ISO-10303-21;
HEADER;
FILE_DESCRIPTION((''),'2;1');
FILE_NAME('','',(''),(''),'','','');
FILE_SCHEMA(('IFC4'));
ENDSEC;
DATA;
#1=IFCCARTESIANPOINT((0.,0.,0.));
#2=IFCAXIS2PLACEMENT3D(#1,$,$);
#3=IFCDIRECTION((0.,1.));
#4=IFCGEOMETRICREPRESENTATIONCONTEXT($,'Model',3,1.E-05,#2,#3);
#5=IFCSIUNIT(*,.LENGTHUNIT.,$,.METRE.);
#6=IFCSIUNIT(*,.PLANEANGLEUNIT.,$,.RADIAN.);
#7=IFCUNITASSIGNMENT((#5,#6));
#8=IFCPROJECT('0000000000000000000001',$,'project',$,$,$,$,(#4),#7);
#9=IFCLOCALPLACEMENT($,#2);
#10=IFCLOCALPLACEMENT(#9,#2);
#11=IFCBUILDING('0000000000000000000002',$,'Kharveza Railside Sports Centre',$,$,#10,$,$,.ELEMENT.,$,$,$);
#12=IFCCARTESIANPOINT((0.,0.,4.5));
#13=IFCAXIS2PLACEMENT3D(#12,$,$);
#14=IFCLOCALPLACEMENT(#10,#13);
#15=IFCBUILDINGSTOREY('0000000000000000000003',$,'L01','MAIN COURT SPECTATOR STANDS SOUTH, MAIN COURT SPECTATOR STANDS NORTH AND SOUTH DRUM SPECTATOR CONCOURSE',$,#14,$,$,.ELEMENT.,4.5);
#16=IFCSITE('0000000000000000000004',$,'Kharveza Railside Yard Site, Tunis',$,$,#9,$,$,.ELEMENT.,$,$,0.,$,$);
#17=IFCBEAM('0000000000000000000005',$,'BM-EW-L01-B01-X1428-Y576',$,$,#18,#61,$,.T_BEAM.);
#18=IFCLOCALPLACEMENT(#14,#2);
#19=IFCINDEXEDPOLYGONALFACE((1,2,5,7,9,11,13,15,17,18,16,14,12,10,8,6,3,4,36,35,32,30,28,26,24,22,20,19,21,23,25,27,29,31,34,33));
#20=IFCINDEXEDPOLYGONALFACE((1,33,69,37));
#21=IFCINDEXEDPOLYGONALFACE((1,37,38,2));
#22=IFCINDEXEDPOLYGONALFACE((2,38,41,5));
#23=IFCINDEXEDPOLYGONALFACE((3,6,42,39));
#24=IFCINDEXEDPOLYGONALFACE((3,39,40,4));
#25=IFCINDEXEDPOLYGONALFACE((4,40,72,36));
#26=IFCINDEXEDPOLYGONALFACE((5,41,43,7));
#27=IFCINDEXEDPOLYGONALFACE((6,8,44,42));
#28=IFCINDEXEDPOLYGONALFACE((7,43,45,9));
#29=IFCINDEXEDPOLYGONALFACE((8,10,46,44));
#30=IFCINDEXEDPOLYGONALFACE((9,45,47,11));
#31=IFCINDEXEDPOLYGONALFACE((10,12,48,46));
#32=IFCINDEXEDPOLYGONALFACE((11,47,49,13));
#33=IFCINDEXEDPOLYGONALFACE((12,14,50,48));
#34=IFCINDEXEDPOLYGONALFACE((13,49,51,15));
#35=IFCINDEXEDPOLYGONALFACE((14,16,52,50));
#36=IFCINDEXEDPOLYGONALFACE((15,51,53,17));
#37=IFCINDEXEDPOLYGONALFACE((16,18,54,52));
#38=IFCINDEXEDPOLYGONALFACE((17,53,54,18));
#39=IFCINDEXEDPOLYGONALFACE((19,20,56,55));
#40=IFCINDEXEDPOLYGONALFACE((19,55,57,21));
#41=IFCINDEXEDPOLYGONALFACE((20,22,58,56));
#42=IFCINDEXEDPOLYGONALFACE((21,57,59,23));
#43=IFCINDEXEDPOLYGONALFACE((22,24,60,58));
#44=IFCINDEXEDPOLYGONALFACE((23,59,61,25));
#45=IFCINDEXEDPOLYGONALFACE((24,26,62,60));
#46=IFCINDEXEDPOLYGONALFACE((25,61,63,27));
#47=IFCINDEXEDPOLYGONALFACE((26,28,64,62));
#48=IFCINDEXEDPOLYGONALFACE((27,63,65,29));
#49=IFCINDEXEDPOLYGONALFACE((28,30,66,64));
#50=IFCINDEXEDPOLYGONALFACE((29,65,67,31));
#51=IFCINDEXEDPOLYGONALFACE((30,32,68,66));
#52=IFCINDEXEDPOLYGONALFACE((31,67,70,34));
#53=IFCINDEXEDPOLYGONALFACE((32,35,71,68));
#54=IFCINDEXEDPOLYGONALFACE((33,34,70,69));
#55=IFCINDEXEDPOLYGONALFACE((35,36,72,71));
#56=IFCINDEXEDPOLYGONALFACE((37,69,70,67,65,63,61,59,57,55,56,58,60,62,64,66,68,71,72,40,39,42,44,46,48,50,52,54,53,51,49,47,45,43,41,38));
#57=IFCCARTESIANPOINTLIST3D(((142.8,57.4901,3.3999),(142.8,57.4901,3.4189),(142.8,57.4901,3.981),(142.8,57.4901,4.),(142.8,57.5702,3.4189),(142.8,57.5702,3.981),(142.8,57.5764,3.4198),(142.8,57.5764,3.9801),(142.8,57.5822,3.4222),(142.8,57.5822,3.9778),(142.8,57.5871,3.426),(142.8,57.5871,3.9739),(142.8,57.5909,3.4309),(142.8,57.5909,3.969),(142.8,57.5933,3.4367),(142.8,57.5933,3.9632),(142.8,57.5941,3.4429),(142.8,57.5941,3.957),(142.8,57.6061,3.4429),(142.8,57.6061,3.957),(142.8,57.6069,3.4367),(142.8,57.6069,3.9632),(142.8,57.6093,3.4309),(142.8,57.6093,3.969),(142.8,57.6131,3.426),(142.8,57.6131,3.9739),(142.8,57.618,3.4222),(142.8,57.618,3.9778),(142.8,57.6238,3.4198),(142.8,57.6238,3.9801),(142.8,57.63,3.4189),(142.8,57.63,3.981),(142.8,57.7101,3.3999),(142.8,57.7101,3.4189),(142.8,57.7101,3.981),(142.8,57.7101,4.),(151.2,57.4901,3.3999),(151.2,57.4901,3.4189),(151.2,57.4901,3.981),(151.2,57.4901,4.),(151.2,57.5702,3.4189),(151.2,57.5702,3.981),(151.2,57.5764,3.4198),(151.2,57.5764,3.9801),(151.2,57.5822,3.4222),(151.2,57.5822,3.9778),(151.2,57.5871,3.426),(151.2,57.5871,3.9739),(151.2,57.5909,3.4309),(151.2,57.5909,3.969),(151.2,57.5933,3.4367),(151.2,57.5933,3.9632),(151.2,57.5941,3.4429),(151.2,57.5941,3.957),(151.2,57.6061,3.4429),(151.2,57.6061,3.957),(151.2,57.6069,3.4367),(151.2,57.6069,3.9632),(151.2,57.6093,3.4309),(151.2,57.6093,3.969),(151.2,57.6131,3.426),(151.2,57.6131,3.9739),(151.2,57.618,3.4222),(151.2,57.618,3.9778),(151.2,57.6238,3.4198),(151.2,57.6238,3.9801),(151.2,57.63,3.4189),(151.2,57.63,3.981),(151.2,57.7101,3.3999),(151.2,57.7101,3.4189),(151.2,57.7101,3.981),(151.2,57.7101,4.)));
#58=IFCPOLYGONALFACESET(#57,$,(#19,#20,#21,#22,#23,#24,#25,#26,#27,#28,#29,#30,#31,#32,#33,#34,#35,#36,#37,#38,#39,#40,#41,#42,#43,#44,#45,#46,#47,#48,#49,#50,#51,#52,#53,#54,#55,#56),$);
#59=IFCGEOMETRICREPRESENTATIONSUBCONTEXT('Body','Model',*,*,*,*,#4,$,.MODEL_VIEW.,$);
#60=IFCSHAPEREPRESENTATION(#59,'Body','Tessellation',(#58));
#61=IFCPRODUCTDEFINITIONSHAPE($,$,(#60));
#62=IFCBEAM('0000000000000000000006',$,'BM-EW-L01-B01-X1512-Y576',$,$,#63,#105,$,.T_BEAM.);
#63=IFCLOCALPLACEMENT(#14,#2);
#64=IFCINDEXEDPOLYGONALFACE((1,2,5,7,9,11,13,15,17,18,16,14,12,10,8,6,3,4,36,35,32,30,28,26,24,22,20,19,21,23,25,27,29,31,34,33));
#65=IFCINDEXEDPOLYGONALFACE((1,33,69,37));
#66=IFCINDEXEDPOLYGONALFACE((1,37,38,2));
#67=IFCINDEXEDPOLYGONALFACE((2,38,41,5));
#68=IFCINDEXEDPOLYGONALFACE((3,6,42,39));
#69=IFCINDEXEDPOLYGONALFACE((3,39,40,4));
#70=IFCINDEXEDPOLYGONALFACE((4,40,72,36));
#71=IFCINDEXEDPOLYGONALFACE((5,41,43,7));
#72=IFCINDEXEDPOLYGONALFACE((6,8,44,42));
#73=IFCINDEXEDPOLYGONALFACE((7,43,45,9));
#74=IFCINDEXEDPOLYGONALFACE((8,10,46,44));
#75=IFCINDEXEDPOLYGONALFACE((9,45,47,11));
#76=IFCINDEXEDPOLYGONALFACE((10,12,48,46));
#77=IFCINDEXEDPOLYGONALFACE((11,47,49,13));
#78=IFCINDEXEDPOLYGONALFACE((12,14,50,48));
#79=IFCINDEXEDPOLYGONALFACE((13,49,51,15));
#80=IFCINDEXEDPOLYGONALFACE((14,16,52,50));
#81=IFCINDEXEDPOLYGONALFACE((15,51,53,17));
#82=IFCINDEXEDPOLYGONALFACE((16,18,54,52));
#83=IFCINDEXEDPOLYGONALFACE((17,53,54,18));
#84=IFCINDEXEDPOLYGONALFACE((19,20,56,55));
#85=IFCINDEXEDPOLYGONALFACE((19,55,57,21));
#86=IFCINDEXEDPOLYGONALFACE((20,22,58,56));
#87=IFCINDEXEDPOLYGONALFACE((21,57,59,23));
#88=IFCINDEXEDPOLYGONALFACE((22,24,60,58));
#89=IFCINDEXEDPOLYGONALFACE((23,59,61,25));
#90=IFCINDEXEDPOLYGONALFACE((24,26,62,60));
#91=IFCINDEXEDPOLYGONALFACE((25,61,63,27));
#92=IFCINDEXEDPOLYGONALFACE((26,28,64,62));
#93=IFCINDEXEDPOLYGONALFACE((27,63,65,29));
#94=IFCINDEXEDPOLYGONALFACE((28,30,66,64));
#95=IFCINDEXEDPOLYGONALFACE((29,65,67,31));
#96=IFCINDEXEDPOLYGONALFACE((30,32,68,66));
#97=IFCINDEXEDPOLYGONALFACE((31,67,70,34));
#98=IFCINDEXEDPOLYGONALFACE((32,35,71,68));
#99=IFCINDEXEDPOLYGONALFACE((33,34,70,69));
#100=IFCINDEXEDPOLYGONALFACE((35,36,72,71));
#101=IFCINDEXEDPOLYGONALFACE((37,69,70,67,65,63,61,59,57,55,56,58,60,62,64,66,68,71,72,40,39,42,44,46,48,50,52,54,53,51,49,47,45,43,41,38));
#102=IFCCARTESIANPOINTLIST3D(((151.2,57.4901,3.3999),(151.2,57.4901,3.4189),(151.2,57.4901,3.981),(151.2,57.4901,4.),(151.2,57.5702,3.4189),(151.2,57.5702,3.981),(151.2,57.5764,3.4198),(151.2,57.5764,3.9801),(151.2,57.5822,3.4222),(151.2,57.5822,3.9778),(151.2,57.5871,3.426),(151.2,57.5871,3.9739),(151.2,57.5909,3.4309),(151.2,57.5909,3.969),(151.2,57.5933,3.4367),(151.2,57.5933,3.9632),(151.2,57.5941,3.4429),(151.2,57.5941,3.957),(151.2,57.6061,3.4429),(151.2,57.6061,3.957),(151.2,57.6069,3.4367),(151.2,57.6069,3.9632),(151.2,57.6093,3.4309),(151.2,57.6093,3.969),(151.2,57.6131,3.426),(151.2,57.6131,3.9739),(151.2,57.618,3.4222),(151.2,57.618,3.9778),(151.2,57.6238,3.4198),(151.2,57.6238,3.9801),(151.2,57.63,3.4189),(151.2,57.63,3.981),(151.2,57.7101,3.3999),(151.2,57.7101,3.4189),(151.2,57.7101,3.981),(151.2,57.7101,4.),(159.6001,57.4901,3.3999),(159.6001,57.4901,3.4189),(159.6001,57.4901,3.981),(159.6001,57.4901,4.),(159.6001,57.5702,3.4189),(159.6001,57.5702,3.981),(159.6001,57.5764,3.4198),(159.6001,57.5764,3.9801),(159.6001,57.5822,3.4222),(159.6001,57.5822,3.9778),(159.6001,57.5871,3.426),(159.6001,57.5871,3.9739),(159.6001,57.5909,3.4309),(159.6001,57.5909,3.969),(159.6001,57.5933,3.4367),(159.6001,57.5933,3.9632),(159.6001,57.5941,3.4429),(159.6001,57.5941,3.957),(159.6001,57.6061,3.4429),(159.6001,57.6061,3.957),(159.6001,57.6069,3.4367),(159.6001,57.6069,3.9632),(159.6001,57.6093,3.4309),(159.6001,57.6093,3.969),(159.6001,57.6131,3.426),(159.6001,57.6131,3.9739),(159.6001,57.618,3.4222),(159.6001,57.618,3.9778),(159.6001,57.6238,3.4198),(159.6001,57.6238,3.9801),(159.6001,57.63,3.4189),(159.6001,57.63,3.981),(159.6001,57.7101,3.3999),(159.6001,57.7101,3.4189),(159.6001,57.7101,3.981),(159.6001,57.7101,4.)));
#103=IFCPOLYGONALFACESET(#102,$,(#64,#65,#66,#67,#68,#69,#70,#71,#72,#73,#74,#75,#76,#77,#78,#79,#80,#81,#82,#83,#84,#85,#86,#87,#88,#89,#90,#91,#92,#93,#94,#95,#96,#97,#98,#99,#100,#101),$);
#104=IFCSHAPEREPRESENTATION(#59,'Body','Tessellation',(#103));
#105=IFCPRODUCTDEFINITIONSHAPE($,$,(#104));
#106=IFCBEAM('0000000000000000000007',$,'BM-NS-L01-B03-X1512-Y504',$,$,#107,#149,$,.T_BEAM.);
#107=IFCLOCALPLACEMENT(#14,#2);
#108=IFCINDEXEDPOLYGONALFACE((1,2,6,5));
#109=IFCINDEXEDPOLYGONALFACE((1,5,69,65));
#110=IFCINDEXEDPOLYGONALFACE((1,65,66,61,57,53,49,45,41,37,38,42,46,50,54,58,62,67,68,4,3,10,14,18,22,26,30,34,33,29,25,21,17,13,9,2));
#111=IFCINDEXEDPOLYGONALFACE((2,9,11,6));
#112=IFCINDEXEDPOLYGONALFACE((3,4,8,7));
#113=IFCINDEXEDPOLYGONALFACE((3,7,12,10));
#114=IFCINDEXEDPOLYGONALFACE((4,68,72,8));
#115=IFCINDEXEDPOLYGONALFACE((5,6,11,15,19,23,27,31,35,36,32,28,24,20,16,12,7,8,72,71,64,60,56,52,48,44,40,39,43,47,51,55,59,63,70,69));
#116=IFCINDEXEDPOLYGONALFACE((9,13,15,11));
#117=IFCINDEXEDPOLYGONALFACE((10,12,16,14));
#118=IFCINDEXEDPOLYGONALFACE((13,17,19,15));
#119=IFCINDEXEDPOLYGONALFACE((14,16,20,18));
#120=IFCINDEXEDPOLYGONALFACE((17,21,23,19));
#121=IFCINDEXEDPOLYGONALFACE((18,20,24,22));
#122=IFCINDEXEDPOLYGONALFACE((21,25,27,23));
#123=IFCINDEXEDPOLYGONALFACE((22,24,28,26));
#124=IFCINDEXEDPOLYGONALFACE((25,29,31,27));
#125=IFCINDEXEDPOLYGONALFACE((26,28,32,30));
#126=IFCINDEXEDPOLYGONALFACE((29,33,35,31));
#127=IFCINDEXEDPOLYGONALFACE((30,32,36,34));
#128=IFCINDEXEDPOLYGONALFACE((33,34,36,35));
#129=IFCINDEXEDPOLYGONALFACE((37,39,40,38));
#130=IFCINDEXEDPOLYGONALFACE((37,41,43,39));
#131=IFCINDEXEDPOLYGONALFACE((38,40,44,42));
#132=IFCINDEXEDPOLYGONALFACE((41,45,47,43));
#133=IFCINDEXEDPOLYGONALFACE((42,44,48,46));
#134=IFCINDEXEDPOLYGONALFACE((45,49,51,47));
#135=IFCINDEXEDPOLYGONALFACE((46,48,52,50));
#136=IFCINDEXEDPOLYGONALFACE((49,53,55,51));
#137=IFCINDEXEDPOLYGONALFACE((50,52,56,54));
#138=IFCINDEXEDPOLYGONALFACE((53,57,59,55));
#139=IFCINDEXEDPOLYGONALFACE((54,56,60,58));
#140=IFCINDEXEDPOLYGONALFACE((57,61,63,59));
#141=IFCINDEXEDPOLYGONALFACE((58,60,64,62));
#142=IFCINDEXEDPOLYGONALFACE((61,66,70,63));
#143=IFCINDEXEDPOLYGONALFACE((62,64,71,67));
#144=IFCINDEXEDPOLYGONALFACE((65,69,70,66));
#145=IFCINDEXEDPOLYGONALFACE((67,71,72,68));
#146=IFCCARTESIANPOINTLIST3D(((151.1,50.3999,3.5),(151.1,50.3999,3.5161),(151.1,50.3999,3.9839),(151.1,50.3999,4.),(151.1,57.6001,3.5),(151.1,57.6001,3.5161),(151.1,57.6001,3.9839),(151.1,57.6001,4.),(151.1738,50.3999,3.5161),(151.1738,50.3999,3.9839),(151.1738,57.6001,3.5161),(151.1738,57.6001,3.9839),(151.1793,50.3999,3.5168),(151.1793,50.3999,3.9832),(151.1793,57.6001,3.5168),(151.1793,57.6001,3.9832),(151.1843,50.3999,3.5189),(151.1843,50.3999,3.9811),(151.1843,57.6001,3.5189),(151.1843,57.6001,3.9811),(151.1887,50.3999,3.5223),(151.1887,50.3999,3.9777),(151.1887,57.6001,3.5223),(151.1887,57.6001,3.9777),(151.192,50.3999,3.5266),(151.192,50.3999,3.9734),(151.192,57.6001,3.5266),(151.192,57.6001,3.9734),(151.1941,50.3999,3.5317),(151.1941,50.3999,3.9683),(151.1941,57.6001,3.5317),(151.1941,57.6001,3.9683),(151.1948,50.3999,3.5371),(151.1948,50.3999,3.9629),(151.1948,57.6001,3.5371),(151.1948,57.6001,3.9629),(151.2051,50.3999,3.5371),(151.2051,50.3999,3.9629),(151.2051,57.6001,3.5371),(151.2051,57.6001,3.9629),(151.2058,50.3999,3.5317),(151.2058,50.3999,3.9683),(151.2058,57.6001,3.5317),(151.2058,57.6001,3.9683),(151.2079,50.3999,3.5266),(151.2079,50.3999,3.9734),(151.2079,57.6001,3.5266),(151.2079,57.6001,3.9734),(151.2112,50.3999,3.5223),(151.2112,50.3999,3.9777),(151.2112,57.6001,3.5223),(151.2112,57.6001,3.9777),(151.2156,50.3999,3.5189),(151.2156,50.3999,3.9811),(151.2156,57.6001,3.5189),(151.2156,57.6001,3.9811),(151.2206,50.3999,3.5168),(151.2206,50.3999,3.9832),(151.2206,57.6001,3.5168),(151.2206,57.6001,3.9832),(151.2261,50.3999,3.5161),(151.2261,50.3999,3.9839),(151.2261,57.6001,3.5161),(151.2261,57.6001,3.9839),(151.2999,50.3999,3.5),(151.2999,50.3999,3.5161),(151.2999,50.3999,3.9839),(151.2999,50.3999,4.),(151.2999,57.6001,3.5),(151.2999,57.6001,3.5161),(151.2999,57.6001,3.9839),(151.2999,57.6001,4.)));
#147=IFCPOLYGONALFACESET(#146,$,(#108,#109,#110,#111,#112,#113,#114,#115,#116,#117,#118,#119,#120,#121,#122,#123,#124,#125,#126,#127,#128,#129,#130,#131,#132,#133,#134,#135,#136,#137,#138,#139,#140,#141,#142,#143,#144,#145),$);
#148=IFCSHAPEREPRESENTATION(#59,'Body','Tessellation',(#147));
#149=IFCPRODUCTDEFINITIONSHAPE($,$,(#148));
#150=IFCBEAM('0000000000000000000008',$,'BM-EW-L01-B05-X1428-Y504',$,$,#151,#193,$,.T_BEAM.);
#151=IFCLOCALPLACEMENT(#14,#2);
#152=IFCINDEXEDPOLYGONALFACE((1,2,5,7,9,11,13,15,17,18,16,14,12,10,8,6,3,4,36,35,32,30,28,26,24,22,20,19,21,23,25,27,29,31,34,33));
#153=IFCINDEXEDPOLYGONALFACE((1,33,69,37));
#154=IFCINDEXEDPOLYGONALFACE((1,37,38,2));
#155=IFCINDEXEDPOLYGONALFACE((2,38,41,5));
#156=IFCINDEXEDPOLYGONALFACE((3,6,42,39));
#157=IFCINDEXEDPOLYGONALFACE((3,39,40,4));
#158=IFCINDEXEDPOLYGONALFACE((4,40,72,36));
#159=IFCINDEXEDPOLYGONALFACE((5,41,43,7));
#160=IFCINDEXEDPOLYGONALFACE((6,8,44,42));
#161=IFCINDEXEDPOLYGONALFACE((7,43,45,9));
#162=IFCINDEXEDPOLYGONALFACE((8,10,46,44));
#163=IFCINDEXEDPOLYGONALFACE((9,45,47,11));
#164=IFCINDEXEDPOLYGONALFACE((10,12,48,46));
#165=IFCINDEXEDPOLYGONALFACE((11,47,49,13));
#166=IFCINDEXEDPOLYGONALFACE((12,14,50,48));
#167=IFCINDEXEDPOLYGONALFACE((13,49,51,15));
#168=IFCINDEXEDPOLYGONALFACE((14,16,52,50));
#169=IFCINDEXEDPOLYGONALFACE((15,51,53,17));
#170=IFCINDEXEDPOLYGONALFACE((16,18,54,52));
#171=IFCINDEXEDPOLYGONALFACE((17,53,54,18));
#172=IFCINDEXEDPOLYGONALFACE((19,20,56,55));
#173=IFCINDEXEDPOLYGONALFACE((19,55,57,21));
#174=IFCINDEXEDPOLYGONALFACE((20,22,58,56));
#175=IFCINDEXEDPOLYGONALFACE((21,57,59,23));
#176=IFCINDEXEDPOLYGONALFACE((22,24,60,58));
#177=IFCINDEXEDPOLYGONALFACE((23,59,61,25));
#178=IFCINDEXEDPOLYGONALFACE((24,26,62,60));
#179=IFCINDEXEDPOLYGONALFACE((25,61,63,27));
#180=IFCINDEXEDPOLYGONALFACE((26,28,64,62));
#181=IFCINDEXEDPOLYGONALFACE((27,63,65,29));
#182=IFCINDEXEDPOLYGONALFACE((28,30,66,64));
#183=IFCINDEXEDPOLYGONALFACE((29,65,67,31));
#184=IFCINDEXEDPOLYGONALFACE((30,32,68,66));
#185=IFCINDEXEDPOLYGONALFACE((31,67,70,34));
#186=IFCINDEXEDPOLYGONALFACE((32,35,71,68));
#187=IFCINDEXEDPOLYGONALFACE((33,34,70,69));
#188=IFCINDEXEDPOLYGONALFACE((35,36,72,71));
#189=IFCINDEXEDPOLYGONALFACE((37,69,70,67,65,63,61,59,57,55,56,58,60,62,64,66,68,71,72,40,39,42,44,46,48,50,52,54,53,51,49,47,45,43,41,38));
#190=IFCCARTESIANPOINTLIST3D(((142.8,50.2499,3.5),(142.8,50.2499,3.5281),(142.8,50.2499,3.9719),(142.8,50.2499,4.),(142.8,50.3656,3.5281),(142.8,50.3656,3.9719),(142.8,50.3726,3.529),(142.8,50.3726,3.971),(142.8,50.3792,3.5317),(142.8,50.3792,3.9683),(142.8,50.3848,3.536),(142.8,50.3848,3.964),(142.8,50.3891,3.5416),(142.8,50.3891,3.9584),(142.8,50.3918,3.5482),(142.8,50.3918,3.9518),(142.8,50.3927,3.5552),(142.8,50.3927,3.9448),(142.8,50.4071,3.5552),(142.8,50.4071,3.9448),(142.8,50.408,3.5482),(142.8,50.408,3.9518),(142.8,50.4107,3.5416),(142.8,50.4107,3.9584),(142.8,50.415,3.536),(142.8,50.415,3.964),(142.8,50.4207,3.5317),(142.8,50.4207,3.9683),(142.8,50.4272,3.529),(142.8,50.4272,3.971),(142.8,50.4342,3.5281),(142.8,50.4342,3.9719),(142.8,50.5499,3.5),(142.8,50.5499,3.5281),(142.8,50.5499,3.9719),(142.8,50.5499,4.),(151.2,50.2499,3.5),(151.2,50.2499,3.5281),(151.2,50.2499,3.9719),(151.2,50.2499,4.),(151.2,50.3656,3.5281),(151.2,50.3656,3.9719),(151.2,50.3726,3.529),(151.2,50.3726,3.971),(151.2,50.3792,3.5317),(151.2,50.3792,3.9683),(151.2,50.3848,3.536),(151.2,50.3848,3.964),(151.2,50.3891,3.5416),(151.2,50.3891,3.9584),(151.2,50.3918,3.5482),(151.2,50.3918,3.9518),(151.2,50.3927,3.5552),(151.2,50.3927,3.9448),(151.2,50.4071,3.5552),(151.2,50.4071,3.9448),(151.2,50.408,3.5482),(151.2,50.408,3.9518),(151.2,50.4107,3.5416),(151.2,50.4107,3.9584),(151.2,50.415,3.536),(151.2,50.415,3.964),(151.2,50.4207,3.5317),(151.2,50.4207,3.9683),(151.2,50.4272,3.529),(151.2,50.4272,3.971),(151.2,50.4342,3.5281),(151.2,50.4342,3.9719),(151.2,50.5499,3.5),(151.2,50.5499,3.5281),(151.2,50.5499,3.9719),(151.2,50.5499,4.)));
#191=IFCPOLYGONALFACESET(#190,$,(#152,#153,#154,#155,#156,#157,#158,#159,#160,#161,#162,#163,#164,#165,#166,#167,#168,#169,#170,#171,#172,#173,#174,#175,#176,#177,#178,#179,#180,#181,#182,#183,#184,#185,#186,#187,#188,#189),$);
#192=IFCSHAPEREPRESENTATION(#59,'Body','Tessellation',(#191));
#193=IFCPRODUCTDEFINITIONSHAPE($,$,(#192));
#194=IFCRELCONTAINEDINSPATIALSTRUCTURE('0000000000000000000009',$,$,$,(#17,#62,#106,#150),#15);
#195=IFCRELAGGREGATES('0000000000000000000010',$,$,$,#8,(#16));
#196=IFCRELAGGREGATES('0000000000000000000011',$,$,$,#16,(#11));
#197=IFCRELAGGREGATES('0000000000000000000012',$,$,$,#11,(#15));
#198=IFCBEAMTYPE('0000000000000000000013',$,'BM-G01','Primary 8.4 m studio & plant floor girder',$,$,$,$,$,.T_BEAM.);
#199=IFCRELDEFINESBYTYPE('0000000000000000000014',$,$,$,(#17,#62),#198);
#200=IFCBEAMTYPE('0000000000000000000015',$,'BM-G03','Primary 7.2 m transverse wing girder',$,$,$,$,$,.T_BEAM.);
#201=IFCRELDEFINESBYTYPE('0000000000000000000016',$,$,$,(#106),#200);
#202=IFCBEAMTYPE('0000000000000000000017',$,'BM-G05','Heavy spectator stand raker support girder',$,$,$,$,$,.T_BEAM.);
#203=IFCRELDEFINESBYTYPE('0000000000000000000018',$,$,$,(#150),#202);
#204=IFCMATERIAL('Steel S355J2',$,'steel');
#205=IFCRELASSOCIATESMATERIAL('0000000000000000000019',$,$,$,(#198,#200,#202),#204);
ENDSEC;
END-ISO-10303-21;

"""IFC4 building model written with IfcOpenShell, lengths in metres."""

from ifc_helpers import new_model, si_unit, direction, frame, origin, origin_2d, place, context, subcontext, project, spatial, i_section, extrude, material, material_profile, profile_set, type_object, element, save


model = new_model("IFC4")

# Units and contexts
model_context = context("Model", 3, precision=1e-05, world=origin(), true_north=direction((0.0, 1.0)))
body_context = subcontext(model_context, "Body", "Model", "MODEL_VIEW")
ifc_project = project(units=[si_unit("LENGTHUNIT", "METRE"), si_unit("PLANEANGLEUNIT", "RADIAN")], contexts=[model_context])

# Site, building, storey
site_placement = place(None, origin())
site = spatial("IfcSite", under=ifc_project, at=site_placement, Name="Kharveza Railside Yard Site, Tunis", CompositionType="ELEMENT", RefElevation=0.0)
building_placement = place(site_placement, origin())
building = spatial("IfcBuilding", under=site, at=building_placement, Name="Kharveza Railside Sports Centre", CompositionType="ELEMENT")
storey_placement = place(building_placement, frame((0.0, 0.0, 4.5)))
storey = spatial("IfcBuildingStorey", under=building, at=storey_placement, Name="L01", Description="MAIN COURT SPECTATOR STANDS SOUTH, MAIN COURT SPECTATOR STANDS NORTH AND SOUTH DRUM SPECTATOR CONCOURSE", CompositionType="ELEMENT", Elevation=4.5)

# Shared definitions
ifc_material_1 = material(Name="Steel S355J2", Category="steel")

# Beams
ifc_material_profile_1 = material_profile(ifc_material_1, i_section(OverallWidth=0.22, OverallDepth=0.6001, WebThickness=0.012, FlangeThickness=0.019, FilletRadius=0.0239, at=origin_2d()), Name="IPE 600")
ifc_profile_set_1 = profile_set([ifc_material_profile_1], Name="Steel S355J2")
beam_type_1 = type_object("IfcBeamType", Name="BM-G01", Description="Primary 8.4 m studio & plant floor girder", PredefinedType="T_BEAM", material=ifc_profile_set_1)
beam_1_placement = place(storey_placement, frame((142.8, 57.6001, 3.7), z_axis=(1.0, 0.0, 0.0), x_axis=(0.0, 1.0, 0.0)))
element("IfcBeam", 1, at=beam_1_placement, inside=storey, type_object=beam_type_1, Name="BM-EW-L01-B01-X1428-Y576", PredefinedType="T_BEAM", context=body_context, shape_type="SweptSolid", body=[
    extrude(i_section(OverallWidth=0.22, OverallDepth=0.6001, WebThickness=0.012, FlangeThickness=0.019, FilletRadius=0.0239, at=origin_2d()), origin(), (0.0, 0.0, 1.0), 8.3999),
])
beam_2_placement = place(storey_placement, frame((151.2, 57.6001, 3.7), z_axis=(1.0, 0.0, 0.0), x_axis=(0.0, 1.0, 0.0)))
element("IfcBeam", 2, at=beam_2_placement, inside=storey, type_object=beam_type_1, Name="BM-EW-L01-B01-X1512-Y576", PredefinedType="T_BEAM", context=body_context, shape_type="SweptSolid", body=[
    extrude(i_section(OverallWidth=0.22, OverallDepth=0.6001, WebThickness=0.012, FlangeThickness=0.019, FilletRadius=0.0239, at=origin_2d()), origin(), (0.0, 0.0, 1.0), 8.4001),
])
ifc_material_profile_2 = material_profile(ifc_material_1, i_section(OverallWidth=0.2, OverallDepth=0.5, WebThickness=0.0103, FlangeThickness=0.0161, FilletRadius=0.021, at=origin_2d()), Name="IPE 500")
ifc_profile_set_2 = profile_set([ifc_material_profile_2], Name="Steel S355J2")
beam_type_2 = type_object("IfcBeamType", Name="BM-G03", Description="Primary 7.2 m transverse wing girder", PredefinedType="T_BEAM", material=ifc_profile_set_2)
beam_3_placement = place(storey_placement, frame((151.2, 50.3999, 3.75), z_axis=(0.0, 1.0, 0.0), x_axis=(-1.0, 0.0, 0.0)))
element("IfcBeam", 3, at=beam_3_placement, inside=storey, type_object=beam_type_2, Name="BM-NS-L01-B03-X1512-Y504", PredefinedType="T_BEAM", context=body_context, shape_type="SweptSolid", body=[
    extrude(i_section(OverallWidth=0.2, OverallDepth=0.5, WebThickness=0.0103, FlangeThickness=0.0161, FilletRadius=0.021, at=origin_2d()), origin(), (0.0, 0.0, 1.0), 7.2002),
])
ifc_material_profile_3 = material_profile(ifc_material_1, i_section(OverallWidth=0.3, OverallDepth=0.5, WebThickness=0.0144, FlangeThickness=0.0281, FilletRadius=0.0271, at=origin_2d()), Name="HEB 500")
ifc_profile_set_3 = profile_set([ifc_material_profile_3], Name="Steel S355J2")
beam_type_3 = type_object("IfcBeamType", Name="BM-G05", Description="Heavy spectator stand raker support girder", PredefinedType="T_BEAM", material=ifc_profile_set_3)
beam_4_placement = place(storey_placement, frame((142.8, 50.3999, 3.75), z_axis=(1.0, 0.0, 0.0), x_axis=(0.0, 1.0, 0.0)))
element("IfcBeam", 4, at=beam_4_placement, inside=storey, type_object=beam_type_3, Name="BM-EW-L01-B05-X1428-Y504", PredefinedType="T_BEAM", context=body_context, shape_type="SweptSolid", body=[
    extrude(i_section(OverallWidth=0.3, OverallDepth=0.5, WebThickness=0.0144, FlangeThickness=0.0281, FilletRadius=0.0271, at=origin_2d()), origin(), (0.0, 0.0, 1.0), 8.3999),
])

save(model, "model.ifc")
